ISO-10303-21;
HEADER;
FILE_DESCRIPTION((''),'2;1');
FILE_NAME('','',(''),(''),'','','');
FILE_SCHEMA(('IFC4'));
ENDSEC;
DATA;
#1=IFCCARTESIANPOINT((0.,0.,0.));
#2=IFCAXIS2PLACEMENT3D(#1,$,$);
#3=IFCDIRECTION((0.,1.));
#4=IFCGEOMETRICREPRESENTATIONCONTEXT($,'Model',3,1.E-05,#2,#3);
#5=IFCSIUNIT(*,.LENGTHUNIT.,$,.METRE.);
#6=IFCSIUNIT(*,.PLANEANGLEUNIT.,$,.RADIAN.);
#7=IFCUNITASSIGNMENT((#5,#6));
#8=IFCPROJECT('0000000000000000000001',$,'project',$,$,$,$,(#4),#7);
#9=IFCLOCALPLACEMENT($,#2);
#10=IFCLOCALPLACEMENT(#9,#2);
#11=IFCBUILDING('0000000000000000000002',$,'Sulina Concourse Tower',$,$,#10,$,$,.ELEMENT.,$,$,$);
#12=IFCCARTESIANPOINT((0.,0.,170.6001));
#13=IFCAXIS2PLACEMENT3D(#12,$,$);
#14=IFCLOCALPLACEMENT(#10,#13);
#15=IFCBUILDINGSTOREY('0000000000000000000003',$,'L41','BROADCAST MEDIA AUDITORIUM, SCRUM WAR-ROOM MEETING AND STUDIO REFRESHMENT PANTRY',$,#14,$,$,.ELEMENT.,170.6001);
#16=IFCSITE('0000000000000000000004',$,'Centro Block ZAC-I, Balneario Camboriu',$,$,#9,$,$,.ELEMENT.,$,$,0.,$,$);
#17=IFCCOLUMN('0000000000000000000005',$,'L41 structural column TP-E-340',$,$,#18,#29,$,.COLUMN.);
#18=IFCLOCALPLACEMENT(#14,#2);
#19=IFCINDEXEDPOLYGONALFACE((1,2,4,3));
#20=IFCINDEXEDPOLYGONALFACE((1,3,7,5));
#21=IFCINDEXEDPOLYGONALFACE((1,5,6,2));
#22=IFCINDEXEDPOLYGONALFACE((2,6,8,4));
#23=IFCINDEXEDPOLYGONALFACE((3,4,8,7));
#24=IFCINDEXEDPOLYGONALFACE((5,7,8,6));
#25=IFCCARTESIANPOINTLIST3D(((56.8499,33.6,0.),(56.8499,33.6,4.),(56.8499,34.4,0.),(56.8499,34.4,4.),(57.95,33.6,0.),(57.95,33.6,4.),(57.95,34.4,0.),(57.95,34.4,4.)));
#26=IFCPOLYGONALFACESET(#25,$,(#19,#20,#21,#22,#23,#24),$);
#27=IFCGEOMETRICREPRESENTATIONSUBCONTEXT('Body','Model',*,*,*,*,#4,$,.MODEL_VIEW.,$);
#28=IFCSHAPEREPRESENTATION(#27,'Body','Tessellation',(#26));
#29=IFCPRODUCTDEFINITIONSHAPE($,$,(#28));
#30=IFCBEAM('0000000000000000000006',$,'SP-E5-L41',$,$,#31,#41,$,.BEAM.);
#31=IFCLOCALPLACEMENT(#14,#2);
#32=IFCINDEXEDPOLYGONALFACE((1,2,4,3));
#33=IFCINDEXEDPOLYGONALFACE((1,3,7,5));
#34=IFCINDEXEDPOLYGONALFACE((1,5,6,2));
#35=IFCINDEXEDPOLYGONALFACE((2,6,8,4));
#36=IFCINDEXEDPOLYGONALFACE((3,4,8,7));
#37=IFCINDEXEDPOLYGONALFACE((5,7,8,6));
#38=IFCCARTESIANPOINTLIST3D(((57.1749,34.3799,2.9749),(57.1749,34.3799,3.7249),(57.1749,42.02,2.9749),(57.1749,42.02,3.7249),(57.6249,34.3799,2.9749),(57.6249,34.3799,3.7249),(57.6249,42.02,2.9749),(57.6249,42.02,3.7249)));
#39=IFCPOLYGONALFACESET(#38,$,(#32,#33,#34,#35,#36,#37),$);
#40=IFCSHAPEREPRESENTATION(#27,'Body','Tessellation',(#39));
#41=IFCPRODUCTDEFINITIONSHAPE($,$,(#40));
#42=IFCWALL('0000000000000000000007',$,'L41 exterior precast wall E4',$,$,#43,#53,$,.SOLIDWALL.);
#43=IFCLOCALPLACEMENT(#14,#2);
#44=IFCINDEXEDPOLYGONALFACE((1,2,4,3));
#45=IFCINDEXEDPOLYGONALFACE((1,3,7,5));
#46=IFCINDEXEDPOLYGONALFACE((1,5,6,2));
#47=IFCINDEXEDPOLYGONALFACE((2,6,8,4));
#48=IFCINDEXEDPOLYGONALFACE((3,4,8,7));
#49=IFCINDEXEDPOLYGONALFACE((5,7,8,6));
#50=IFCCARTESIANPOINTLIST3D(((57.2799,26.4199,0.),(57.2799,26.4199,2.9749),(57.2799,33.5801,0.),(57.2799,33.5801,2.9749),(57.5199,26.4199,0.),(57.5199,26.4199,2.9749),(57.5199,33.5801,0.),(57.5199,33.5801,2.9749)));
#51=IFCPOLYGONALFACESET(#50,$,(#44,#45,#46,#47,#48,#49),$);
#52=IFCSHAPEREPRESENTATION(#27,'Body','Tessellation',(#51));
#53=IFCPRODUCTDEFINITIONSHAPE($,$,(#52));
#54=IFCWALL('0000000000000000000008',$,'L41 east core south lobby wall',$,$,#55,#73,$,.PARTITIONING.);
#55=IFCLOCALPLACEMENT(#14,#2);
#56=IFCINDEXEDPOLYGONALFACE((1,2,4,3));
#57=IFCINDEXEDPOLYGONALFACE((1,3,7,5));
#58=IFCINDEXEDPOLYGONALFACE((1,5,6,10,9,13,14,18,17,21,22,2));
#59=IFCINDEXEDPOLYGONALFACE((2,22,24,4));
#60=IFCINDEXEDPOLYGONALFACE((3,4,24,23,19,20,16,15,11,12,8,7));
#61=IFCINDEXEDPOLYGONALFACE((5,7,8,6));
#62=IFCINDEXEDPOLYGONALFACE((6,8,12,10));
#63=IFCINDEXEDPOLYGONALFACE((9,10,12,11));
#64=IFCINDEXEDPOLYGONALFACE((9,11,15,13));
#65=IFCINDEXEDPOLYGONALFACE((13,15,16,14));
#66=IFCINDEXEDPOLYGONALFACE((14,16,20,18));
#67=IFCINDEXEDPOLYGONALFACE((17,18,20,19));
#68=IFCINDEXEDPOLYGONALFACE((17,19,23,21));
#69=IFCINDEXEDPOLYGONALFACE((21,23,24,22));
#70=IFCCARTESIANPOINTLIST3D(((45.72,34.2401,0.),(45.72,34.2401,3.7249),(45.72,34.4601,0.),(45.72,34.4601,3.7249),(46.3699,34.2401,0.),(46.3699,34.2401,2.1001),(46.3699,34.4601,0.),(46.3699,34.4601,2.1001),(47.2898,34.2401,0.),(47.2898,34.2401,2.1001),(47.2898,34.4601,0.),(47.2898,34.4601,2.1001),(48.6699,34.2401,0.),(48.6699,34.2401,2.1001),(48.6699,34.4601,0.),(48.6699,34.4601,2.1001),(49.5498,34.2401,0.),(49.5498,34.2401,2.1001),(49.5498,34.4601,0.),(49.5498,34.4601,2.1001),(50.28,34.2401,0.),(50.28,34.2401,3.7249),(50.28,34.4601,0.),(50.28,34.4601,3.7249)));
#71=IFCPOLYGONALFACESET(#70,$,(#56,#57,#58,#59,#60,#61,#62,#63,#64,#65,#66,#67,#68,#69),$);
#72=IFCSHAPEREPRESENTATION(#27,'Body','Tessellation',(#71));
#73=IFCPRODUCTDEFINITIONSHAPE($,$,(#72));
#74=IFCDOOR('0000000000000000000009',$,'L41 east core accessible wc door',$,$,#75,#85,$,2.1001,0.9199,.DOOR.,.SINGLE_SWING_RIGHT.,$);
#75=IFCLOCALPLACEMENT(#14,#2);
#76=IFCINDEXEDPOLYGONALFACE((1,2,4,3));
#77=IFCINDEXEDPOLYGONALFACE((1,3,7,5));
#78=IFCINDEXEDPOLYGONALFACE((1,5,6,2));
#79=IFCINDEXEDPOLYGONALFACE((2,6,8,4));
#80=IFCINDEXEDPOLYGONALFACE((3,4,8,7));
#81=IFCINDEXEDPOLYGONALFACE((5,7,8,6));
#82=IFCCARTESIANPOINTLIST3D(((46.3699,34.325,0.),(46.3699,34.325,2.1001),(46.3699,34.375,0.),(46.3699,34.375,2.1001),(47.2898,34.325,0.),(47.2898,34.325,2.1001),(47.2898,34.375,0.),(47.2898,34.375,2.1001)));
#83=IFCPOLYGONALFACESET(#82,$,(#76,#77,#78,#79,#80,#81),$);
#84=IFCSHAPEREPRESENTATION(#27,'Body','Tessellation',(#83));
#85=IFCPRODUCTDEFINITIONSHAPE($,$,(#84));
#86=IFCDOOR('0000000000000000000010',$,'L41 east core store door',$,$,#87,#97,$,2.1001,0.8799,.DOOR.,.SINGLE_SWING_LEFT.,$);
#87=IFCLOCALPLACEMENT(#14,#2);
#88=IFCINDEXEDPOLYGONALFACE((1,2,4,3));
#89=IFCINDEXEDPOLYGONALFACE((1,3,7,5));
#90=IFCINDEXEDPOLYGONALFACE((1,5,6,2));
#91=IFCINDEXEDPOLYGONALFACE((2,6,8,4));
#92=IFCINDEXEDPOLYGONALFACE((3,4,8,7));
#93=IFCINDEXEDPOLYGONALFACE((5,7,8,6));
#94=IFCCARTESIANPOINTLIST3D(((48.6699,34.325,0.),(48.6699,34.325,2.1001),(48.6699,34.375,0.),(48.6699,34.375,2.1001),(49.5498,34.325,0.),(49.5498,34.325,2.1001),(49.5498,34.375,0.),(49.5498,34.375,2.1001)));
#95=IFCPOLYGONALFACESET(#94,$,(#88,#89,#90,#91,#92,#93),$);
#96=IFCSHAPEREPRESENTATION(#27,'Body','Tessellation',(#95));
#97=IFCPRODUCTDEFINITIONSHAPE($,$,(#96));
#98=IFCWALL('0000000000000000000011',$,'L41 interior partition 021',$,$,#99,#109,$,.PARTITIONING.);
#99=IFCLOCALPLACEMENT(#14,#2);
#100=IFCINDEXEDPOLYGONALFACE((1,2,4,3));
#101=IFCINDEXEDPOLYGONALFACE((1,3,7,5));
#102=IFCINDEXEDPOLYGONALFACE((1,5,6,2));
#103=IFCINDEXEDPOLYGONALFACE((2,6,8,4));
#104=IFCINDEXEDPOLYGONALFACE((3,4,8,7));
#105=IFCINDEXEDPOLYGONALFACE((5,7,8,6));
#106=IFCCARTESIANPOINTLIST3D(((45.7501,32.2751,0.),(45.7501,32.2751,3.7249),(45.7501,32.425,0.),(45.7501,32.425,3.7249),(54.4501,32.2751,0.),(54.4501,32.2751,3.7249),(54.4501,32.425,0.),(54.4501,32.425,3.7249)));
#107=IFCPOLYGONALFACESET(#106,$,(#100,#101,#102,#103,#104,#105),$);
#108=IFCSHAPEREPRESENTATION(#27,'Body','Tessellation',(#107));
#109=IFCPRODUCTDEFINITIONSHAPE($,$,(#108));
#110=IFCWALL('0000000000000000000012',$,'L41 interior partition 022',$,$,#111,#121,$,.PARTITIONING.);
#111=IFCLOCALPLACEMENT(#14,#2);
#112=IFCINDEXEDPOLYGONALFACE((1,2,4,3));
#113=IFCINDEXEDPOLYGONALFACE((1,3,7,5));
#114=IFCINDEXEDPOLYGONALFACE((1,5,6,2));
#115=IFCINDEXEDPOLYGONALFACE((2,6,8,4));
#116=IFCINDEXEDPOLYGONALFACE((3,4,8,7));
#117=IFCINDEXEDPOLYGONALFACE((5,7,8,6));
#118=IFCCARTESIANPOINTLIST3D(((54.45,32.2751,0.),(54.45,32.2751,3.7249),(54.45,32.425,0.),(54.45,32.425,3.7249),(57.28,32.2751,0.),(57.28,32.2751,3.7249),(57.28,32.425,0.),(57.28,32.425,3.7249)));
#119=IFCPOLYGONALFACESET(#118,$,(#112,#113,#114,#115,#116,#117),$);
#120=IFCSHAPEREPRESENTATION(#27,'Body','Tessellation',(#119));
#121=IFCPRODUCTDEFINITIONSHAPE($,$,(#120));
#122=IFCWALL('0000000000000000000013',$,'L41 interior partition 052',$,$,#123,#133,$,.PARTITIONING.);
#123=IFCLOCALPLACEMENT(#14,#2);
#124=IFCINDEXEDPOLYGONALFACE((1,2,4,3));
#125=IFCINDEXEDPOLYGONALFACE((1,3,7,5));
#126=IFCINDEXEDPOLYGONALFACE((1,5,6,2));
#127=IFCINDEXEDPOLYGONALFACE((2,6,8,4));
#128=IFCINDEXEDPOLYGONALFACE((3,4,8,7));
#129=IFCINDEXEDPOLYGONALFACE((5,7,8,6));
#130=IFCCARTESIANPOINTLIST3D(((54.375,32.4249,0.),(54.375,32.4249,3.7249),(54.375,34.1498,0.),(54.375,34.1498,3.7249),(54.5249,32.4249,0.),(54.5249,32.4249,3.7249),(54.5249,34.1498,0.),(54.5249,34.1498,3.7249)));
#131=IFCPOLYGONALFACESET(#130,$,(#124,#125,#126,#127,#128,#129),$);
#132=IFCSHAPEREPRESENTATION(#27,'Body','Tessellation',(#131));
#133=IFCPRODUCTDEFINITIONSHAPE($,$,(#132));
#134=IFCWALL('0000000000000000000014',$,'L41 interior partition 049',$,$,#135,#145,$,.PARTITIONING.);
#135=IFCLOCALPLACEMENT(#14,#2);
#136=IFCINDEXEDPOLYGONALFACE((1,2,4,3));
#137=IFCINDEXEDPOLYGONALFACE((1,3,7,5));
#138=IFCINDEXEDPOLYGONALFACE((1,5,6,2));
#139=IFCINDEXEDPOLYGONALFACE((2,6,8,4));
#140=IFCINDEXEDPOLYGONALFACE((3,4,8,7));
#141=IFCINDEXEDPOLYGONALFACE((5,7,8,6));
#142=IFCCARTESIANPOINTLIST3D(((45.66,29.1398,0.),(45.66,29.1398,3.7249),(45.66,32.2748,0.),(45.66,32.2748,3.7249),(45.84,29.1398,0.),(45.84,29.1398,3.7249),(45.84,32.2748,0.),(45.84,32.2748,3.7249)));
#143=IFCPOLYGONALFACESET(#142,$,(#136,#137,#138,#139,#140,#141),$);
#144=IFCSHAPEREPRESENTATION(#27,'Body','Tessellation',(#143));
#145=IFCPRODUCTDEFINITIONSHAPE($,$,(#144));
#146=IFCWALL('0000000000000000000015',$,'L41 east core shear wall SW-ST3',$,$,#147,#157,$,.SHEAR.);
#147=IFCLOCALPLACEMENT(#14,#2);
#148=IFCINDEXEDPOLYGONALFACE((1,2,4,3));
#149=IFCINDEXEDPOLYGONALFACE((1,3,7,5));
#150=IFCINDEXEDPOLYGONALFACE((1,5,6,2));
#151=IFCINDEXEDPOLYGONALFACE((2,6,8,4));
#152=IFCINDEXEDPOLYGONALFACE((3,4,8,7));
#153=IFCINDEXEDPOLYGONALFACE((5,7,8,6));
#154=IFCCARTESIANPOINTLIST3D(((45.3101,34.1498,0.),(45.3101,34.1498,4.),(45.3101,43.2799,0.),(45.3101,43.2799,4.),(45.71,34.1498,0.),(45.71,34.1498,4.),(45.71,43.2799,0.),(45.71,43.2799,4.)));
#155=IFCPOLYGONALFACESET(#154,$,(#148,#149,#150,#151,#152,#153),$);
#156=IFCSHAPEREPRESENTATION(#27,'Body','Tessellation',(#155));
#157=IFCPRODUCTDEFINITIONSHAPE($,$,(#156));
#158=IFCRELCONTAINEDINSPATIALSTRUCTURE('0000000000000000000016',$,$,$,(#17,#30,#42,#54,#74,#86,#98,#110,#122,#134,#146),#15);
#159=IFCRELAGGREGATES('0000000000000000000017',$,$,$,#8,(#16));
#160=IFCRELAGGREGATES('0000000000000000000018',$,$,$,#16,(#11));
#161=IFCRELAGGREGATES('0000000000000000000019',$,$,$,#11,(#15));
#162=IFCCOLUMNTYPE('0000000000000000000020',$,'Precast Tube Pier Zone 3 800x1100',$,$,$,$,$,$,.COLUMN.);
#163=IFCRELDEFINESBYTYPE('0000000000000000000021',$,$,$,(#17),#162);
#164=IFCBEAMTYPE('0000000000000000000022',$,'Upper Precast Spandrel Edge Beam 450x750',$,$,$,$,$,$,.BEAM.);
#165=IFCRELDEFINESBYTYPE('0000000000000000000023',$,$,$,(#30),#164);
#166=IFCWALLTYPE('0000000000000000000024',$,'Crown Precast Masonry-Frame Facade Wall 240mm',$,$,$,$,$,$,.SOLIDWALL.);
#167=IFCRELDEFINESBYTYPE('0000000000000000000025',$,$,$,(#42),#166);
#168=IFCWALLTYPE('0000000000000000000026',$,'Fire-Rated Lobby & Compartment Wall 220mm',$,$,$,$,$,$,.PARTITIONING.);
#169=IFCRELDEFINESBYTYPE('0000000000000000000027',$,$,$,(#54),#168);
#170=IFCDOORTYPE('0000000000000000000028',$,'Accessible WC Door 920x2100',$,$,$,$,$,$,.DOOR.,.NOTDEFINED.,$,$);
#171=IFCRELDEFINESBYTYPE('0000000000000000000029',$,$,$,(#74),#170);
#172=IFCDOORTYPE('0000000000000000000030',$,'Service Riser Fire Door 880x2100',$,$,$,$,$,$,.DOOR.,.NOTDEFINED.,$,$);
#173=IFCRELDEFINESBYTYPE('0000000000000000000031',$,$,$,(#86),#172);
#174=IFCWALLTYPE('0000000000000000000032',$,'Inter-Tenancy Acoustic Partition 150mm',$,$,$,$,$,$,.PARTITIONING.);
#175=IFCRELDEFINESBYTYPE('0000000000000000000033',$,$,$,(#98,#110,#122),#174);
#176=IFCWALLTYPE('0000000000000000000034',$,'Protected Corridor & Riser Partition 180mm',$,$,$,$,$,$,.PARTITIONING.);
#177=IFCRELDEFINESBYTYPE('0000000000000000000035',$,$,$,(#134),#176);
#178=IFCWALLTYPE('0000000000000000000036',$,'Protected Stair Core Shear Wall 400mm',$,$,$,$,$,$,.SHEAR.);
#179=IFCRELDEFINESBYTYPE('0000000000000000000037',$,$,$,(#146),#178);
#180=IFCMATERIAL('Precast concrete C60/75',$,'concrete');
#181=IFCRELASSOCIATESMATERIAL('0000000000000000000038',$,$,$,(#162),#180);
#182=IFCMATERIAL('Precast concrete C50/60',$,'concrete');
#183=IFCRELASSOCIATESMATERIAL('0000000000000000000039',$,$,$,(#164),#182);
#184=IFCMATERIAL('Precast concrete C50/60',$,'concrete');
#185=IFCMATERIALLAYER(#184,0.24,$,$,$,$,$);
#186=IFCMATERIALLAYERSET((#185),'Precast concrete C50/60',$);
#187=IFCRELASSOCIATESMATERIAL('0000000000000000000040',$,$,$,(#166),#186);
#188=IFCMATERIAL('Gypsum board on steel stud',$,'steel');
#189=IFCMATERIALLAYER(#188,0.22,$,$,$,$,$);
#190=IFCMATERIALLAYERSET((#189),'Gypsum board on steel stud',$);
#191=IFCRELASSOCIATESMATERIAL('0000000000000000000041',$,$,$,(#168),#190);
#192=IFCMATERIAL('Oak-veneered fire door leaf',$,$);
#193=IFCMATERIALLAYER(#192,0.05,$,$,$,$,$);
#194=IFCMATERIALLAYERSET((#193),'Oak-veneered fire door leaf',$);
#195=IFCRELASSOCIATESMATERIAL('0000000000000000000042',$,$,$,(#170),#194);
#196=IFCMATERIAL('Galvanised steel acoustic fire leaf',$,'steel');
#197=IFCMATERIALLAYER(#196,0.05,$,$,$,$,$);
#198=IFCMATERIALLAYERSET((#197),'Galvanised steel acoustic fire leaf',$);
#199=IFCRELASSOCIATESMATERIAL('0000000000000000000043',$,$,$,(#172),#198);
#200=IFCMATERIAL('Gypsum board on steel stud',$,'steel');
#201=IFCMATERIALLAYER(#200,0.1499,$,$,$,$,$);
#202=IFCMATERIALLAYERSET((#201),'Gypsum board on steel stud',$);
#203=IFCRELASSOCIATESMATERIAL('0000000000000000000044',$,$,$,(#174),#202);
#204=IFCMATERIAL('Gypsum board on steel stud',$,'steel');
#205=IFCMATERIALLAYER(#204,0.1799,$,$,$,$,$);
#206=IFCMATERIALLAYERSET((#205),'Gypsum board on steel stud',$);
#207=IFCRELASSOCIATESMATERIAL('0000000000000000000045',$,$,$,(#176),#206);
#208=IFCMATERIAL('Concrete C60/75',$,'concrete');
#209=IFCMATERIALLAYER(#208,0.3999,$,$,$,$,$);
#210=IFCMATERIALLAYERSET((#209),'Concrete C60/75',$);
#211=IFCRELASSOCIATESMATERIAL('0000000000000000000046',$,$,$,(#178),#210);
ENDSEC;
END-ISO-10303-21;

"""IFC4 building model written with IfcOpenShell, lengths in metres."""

from ifc_helpers import new_model, si_unit, direction, frame, frame_2d, origin, origin_2d, place, context, subcontext, project, spatial, rectangle, extrude, material, layer, layer_set, material_profile, profile_set, type_object, element, fill, save


model = new_model("IFC4")

# Units and contexts
model_context = context("Model", 3, precision=1e-05, world=origin(), true_north=direction((0.0, 1.0)))
body_context = subcontext(model_context, "Body", "Model", "MODEL_VIEW")
ifc_project = project(units=[si_unit("LENGTHUNIT", "METRE"), si_unit("PLANEANGLEUNIT", "RADIAN")], contexts=[model_context])

# Site, building, storey
site_placement = place(None, origin())
site = spatial("IfcSite", under=ifc_project, at=site_placement, Name="Centro Block ZAC-I, Balneario Camboriu", CompositionType="ELEMENT", RefElevation=0.0)
building_placement = place(site_placement, origin())
building = spatial("IfcBuilding", under=site, at=building_placement, Name="Sulina Concourse Tower", CompositionType="ELEMENT")
storey_placement = place(building_placement, frame((0.0, 0.0, 170.6001)))
storey = spatial("IfcBuildingStorey", under=building, at=storey_placement, Name="L41", Description="BROADCAST MEDIA AUDITORIUM, SCRUM WAR-ROOM MEETING AND STUDIO REFRESHMENT PANTRY", CompositionType="ELEMENT", Elevation=170.6001)

# Column
ifc_material_1 = material(Name="Precast concrete C60/75", Category="concrete")
ifc_material_profile_1 = material_profile(ifc_material_1, rectangle(XDim=0.8, YDim=1.1001, at=origin_2d()), Name="PC 800x1100")
ifc_profile_set_1 = profile_set([ifc_material_profile_1], Name="Precast concrete C60/75")
column_type = type_object("IfcColumnType", Name="Precast Tube Pier Zone 3 800x1100", PredefinedType="COLUMN", material=ifc_profile_set_1)
column_placement = place(storey_placement, frame((57.3999, 34.0, 0.0), z_axis=(0.0, 0.0, 1.0), x_axis=(0.0, 1.0, 0.0)))
element("IfcColumn", 1, at=column_placement, inside=storey, type_object=column_type, Name="L41 structural column TP-E-340", PredefinedType="COLUMN", context=body_context, shape_type="SweptSolid", body=[
    extrude(rectangle(XDim=0.8, YDim=1.1001, at=origin_2d()), origin(), (0.0, 0.0, 1.0), 4.0),
])

# Beam
ifc_material_2 = material(Name="Precast concrete C50/60", Category="concrete")
ifc_material_profile_2 = material_profile(ifc_material_2, rectangle(XDim=0.45, YDim=0.75, at=origin_2d()), Name="RC 450x750")
ifc_profile_set_2 = profile_set([ifc_material_profile_2], Name="Precast concrete C50/60")
beam_type = type_object("IfcBeamType", Name="Upper Precast Spandrel Edge Beam 450x750", PredefinedType="BEAM", material=ifc_profile_set_2)
beam_placement = place(storey_placement, frame((57.3999, 34.3799, 3.3499), z_axis=(0.0, 1.0, 0.0), x_axis=(-1.0, 0.0, 0.0)))
element("IfcBeam", 2, at=beam_placement, inside=storey, type_object=beam_type, Name="SP-E5-L41", PredefinedType="BEAM", context=body_context, shape_type="SweptSolid", body=[
    extrude(rectangle(XDim=0.45, YDim=0.75, at=origin_2d()), origin(), (0.0, 0.0, 1.0), 7.6401),
])

# Wall
ifc_material_3 = material(Name="Precast concrete C50/60", Category="concrete")
ifc_layer_1 = layer(ifc_material_3, 0.24)
ifc_layer_set_1 = layer_set([ifc_layer_1], Name="Precast concrete C50/60")
wall_type_1 = type_object("IfcWallType", Name="Crown Precast Masonry-Frame Facade Wall 240mm", PredefinedType="SOLIDWALL", material=ifc_layer_set_1)
wall_1_placement = place(storey_placement, frame((57.3999, 33.5801, 0.0), z_axis=(0.0, 0.0, 1.0), x_axis=(0.0, -1.0, 0.0)))
element("IfcWall", 3, at=wall_1_placement, inside=storey, type_object=wall_type_1, Name="L41 exterior precast wall E4", PredefinedType="SOLIDWALL", context=body_context, shape_type="SweptSolid", body=[
    extrude(rectangle(XDim=7.1602, YDim=0.24, at=frame_2d((3.5801, 0.0))), origin(), (0.0, 0.0, 1.0), 2.9749),
])

# Wall, openings, doors
ifc_material_4 = material(Name="Gypsum board on steel stud", Category="steel")
ifc_layer_2 = layer(ifc_material_4, 0.22)
ifc_layer_set_2 = layer_set([ifc_layer_2], Name="Gypsum board on steel stud")
wall_type_2 = type_object("IfcWallType", Name="Fire-Rated Lobby & Compartment Wall 220mm", PredefinedType="PARTITIONING", material=ifc_layer_set_2)
wall_2_placement = place(storey_placement, frame((45.72, 34.3501, 0.0), z_axis=(0.0, 0.0, 1.0), x_axis=(1.0, 0.0, 0.0)))
wall_2 = element("IfcWall", 4, at=wall_2_placement, inside=storey, type_object=wall_type_2, Name="L41 east core south lobby wall", PredefinedType="PARTITIONING", context=body_context, shape_type="SweptSolid", body=[
    extrude(rectangle(XDim=4.5601, YDim=0.22, at=frame_2d((2.28, 0.0))), origin(), (0.0, 0.0, 1.0), 3.7249),
])
opening_1_placement = place(wall_2_placement, frame((0.6499, 0.0, 0.0)))
opening_1 = element("IfcOpeningElement", 5, at=opening_1_placement, cuts=wall_2, PredefinedType="OPENING", context=body_context, shape_type="SweptSolid", body=[
    extrude(rectangle(XDim=0.9199, YDim=2.1001, at=frame_2d((0.46, 1.05))), frame((0.0, 0.1199, 0.0), z_axis=(0.0, -1.0, 0.0), x_axis=(1.0, 0.0, 0.0)), (0.0, 0.0, 1.0), 0.24),
])
opening_2_placement = place(wall_2_placement, frame((2.95, 0.0, 0.0)))
opening_2 = element("IfcOpeningElement", 6, at=opening_2_placement, cuts=wall_2, PredefinedType="OPENING", context=body_context, shape_type="SweptSolid", body=[
    extrude(rectangle(XDim=0.8799, YDim=2.1001, at=frame_2d((0.4399, 1.05))), frame((0.0, 0.1199, 0.0), z_axis=(0.0, -1.0, 0.0), x_axis=(1.0, 0.0, 0.0)), (0.0, 0.0, 1.0), 0.24),
])
ifc_material_5 = material(Name="Oak-veneered fire door leaf")
ifc_layer_3 = layer(ifc_material_5, 0.05)
ifc_layer_set_3 = layer_set([ifc_layer_3], Name="Oak-veneered fire door leaf")
door_type_1 = type_object("IfcDoorType", Name="Accessible WC Door 920x2100", OperationType="NOTDEFINED", PredefinedType="DOOR", material=ifc_layer_set_3)
door_1_placement = place(opening_1_placement, origin())
door_1 = element("IfcDoor", 7, at=door_1_placement, inside=storey, type_object=door_type_1, Name="L41 east core accessible wc door", OperationType="SINGLE_SWING_RIGHT", OverallHeight=2.1001, OverallWidth=0.9199, PredefinedType="DOOR", context=body_context, shape_type="SweptSolid", body=[
    extrude(rectangle(XDim=0.9199, YDim=2.1001, at=frame_2d((0.46, 1.05))), frame((0.0, 0.0249, 0.0), z_axis=(0.0, -1.0, 0.0), x_axis=(1.0, 0.0, 0.0)), (0.0, 0.0, 1.0), 0.05),
])
fill(opening_1, door_1)
ifc_material_6 = material(Name="Galvanised steel acoustic fire leaf", Category="steel")
ifc_layer_4 = layer(ifc_material_6, 0.05)
ifc_layer_set_4 = layer_set([ifc_layer_4], Name="Galvanised steel acoustic fire leaf")
door_type_2 = type_object("IfcDoorType", Name="Service Riser Fire Door 880x2100", OperationType="NOTDEFINED", PredefinedType="DOOR", material=ifc_layer_set_4)
door_2_placement = place(opening_2_placement, origin())
door_2 = element("IfcDoor", 8, at=door_2_placement, inside=storey, type_object=door_type_2, Name="L41 east core store door", OperationType="SINGLE_SWING_LEFT", OverallHeight=2.1001, OverallWidth=0.8799, PredefinedType="DOOR", context=body_context, shape_type="SweptSolid", body=[
    extrude(rectangle(XDim=0.8799, YDim=2.1001, at=frame_2d((0.4399, 1.05))), frame((0.0, 0.0249, 0.0), z_axis=(0.0, -1.0, 0.0), x_axis=(1.0, 0.0, 0.0)), (0.0, 0.0, 1.0), 0.05),
])
fill(opening_2, door_2)

# Walls
ifc_material_7 = material(Name="Gypsum board on steel stud", Category="steel")
ifc_layer_5 = layer(ifc_material_7, 0.1499)
ifc_layer_set_5 = layer_set([ifc_layer_5], Name="Gypsum board on steel stud")
wall_type_3 = type_object("IfcWallType", Name="Inter-Tenancy Acoustic Partition 150mm", PredefinedType="PARTITIONING", material=ifc_layer_set_5)
wall_3_placement = place(storey_placement, frame((45.75, 32.3501, 0.0), z_axis=(0.0, 0.0, 1.0), x_axis=(1.0, 0.0, 0.0)))
element("IfcWall", 9, at=wall_3_placement, inside=storey, type_object=wall_type_3, Name="L41 interior partition 021", PredefinedType="PARTITIONING", context=body_context, shape_type="SweptSolid", body=[
    extrude(rectangle(XDim=8.7, YDim=0.1499, at=frame_2d((4.3501, 0.0))), origin(), (0.0, 0.0, 1.0), 3.7249),
])
wall_4_placement = place(storey_placement, frame((54.45, 32.3501, 0.0), z_axis=(0.0, 0.0, 1.0), x_axis=(1.0, 0.0, 0.0)))
element("IfcWall", 10, at=wall_4_placement, inside=storey, type_object=wall_type_3, Name="L41 interior partition 022", PredefinedType="PARTITIONING", context=body_context, shape_type="SweptSolid", body=[
    extrude(rectangle(XDim=2.8301, YDim=0.1499, at=frame_2d((1.415, 0.0))), origin(), (0.0, 0.0, 1.0), 3.7249),
])
wall_5_placement = place(storey_placement, frame((54.45, 32.425, 0.0), z_axis=(0.0, 0.0, 1.0), x_axis=(0.0, 1.0, 0.0)))
element("IfcWall", 11, at=wall_5_placement, inside=storey, type_object=wall_type_3, Name="L41 interior partition 052", PredefinedType="PARTITIONING", context=body_context, shape_type="SweptSolid", body=[
    extrude(rectangle(XDim=1.7249, YDim=0.1499, at=frame_2d((0.8623, 0.0))), origin(), (0.0, 0.0, 1.0), 3.7249),
])
ifc_material_8 = material(Name="Gypsum board on steel stud", Category="steel")
ifc_layer_6 = layer(ifc_material_8, 0.1799)
ifc_layer_set_6 = layer_set([ifc_layer_6], Name="Gypsum board on steel stud")
wall_type_4 = type_object("IfcWallType", Name="Protected Corridor & Riser Partition 180mm", PredefinedType="PARTITIONING", material=ifc_layer_set_6)
wall_6_placement = place(storey_placement, frame((45.75, 29.1399, 0.0), z_axis=(0.0, 0.0, 1.0), x_axis=(0.0, 1.0, 0.0)))
element("IfcWall", 12, at=wall_6_placement, inside=storey, type_object=wall_type_4, Name="L41 interior partition 049", PredefinedType="PARTITIONING", context=body_context, shape_type="SweptSolid", body=[
    extrude(rectangle(XDim=3.135, YDim=0.1799, at=frame_2d((1.5674, 0.0))), origin(), (0.0, 0.0, 1.0), 3.7249),
])
ifc_material_9 = material(Name="Concrete C60/75", Category="concrete")
ifc_layer_7 = layer(ifc_material_9, 0.3999)
ifc_layer_set_7 = layer_set([ifc_layer_7], Name="Concrete C60/75")
wall_type_5 = type_object("IfcWallType", Name="Protected Stair Core Shear Wall 400mm", PredefinedType="SHEAR", material=ifc_layer_set_7)
wall_7_placement = place(storey_placement, frame((45.51, 34.1499, 0.0), z_axis=(0.0, 0.0, 1.0), x_axis=(0.0, 1.0, 0.0)))
element("IfcWall", 13, at=wall_7_placement, inside=storey, type_object=wall_type_5, Name="L41 east core shear wall SW-ST3", PredefinedType="SHEAR", context=body_context, shape_type="SweptSolid", body=[
    extrude(rectangle(XDim=9.1301, YDim=0.3999, at=frame_2d((4.5649, 0.0))), origin(), (0.0, 0.0, 1.0), 4.0),
])

save(model, "model.ifc")
